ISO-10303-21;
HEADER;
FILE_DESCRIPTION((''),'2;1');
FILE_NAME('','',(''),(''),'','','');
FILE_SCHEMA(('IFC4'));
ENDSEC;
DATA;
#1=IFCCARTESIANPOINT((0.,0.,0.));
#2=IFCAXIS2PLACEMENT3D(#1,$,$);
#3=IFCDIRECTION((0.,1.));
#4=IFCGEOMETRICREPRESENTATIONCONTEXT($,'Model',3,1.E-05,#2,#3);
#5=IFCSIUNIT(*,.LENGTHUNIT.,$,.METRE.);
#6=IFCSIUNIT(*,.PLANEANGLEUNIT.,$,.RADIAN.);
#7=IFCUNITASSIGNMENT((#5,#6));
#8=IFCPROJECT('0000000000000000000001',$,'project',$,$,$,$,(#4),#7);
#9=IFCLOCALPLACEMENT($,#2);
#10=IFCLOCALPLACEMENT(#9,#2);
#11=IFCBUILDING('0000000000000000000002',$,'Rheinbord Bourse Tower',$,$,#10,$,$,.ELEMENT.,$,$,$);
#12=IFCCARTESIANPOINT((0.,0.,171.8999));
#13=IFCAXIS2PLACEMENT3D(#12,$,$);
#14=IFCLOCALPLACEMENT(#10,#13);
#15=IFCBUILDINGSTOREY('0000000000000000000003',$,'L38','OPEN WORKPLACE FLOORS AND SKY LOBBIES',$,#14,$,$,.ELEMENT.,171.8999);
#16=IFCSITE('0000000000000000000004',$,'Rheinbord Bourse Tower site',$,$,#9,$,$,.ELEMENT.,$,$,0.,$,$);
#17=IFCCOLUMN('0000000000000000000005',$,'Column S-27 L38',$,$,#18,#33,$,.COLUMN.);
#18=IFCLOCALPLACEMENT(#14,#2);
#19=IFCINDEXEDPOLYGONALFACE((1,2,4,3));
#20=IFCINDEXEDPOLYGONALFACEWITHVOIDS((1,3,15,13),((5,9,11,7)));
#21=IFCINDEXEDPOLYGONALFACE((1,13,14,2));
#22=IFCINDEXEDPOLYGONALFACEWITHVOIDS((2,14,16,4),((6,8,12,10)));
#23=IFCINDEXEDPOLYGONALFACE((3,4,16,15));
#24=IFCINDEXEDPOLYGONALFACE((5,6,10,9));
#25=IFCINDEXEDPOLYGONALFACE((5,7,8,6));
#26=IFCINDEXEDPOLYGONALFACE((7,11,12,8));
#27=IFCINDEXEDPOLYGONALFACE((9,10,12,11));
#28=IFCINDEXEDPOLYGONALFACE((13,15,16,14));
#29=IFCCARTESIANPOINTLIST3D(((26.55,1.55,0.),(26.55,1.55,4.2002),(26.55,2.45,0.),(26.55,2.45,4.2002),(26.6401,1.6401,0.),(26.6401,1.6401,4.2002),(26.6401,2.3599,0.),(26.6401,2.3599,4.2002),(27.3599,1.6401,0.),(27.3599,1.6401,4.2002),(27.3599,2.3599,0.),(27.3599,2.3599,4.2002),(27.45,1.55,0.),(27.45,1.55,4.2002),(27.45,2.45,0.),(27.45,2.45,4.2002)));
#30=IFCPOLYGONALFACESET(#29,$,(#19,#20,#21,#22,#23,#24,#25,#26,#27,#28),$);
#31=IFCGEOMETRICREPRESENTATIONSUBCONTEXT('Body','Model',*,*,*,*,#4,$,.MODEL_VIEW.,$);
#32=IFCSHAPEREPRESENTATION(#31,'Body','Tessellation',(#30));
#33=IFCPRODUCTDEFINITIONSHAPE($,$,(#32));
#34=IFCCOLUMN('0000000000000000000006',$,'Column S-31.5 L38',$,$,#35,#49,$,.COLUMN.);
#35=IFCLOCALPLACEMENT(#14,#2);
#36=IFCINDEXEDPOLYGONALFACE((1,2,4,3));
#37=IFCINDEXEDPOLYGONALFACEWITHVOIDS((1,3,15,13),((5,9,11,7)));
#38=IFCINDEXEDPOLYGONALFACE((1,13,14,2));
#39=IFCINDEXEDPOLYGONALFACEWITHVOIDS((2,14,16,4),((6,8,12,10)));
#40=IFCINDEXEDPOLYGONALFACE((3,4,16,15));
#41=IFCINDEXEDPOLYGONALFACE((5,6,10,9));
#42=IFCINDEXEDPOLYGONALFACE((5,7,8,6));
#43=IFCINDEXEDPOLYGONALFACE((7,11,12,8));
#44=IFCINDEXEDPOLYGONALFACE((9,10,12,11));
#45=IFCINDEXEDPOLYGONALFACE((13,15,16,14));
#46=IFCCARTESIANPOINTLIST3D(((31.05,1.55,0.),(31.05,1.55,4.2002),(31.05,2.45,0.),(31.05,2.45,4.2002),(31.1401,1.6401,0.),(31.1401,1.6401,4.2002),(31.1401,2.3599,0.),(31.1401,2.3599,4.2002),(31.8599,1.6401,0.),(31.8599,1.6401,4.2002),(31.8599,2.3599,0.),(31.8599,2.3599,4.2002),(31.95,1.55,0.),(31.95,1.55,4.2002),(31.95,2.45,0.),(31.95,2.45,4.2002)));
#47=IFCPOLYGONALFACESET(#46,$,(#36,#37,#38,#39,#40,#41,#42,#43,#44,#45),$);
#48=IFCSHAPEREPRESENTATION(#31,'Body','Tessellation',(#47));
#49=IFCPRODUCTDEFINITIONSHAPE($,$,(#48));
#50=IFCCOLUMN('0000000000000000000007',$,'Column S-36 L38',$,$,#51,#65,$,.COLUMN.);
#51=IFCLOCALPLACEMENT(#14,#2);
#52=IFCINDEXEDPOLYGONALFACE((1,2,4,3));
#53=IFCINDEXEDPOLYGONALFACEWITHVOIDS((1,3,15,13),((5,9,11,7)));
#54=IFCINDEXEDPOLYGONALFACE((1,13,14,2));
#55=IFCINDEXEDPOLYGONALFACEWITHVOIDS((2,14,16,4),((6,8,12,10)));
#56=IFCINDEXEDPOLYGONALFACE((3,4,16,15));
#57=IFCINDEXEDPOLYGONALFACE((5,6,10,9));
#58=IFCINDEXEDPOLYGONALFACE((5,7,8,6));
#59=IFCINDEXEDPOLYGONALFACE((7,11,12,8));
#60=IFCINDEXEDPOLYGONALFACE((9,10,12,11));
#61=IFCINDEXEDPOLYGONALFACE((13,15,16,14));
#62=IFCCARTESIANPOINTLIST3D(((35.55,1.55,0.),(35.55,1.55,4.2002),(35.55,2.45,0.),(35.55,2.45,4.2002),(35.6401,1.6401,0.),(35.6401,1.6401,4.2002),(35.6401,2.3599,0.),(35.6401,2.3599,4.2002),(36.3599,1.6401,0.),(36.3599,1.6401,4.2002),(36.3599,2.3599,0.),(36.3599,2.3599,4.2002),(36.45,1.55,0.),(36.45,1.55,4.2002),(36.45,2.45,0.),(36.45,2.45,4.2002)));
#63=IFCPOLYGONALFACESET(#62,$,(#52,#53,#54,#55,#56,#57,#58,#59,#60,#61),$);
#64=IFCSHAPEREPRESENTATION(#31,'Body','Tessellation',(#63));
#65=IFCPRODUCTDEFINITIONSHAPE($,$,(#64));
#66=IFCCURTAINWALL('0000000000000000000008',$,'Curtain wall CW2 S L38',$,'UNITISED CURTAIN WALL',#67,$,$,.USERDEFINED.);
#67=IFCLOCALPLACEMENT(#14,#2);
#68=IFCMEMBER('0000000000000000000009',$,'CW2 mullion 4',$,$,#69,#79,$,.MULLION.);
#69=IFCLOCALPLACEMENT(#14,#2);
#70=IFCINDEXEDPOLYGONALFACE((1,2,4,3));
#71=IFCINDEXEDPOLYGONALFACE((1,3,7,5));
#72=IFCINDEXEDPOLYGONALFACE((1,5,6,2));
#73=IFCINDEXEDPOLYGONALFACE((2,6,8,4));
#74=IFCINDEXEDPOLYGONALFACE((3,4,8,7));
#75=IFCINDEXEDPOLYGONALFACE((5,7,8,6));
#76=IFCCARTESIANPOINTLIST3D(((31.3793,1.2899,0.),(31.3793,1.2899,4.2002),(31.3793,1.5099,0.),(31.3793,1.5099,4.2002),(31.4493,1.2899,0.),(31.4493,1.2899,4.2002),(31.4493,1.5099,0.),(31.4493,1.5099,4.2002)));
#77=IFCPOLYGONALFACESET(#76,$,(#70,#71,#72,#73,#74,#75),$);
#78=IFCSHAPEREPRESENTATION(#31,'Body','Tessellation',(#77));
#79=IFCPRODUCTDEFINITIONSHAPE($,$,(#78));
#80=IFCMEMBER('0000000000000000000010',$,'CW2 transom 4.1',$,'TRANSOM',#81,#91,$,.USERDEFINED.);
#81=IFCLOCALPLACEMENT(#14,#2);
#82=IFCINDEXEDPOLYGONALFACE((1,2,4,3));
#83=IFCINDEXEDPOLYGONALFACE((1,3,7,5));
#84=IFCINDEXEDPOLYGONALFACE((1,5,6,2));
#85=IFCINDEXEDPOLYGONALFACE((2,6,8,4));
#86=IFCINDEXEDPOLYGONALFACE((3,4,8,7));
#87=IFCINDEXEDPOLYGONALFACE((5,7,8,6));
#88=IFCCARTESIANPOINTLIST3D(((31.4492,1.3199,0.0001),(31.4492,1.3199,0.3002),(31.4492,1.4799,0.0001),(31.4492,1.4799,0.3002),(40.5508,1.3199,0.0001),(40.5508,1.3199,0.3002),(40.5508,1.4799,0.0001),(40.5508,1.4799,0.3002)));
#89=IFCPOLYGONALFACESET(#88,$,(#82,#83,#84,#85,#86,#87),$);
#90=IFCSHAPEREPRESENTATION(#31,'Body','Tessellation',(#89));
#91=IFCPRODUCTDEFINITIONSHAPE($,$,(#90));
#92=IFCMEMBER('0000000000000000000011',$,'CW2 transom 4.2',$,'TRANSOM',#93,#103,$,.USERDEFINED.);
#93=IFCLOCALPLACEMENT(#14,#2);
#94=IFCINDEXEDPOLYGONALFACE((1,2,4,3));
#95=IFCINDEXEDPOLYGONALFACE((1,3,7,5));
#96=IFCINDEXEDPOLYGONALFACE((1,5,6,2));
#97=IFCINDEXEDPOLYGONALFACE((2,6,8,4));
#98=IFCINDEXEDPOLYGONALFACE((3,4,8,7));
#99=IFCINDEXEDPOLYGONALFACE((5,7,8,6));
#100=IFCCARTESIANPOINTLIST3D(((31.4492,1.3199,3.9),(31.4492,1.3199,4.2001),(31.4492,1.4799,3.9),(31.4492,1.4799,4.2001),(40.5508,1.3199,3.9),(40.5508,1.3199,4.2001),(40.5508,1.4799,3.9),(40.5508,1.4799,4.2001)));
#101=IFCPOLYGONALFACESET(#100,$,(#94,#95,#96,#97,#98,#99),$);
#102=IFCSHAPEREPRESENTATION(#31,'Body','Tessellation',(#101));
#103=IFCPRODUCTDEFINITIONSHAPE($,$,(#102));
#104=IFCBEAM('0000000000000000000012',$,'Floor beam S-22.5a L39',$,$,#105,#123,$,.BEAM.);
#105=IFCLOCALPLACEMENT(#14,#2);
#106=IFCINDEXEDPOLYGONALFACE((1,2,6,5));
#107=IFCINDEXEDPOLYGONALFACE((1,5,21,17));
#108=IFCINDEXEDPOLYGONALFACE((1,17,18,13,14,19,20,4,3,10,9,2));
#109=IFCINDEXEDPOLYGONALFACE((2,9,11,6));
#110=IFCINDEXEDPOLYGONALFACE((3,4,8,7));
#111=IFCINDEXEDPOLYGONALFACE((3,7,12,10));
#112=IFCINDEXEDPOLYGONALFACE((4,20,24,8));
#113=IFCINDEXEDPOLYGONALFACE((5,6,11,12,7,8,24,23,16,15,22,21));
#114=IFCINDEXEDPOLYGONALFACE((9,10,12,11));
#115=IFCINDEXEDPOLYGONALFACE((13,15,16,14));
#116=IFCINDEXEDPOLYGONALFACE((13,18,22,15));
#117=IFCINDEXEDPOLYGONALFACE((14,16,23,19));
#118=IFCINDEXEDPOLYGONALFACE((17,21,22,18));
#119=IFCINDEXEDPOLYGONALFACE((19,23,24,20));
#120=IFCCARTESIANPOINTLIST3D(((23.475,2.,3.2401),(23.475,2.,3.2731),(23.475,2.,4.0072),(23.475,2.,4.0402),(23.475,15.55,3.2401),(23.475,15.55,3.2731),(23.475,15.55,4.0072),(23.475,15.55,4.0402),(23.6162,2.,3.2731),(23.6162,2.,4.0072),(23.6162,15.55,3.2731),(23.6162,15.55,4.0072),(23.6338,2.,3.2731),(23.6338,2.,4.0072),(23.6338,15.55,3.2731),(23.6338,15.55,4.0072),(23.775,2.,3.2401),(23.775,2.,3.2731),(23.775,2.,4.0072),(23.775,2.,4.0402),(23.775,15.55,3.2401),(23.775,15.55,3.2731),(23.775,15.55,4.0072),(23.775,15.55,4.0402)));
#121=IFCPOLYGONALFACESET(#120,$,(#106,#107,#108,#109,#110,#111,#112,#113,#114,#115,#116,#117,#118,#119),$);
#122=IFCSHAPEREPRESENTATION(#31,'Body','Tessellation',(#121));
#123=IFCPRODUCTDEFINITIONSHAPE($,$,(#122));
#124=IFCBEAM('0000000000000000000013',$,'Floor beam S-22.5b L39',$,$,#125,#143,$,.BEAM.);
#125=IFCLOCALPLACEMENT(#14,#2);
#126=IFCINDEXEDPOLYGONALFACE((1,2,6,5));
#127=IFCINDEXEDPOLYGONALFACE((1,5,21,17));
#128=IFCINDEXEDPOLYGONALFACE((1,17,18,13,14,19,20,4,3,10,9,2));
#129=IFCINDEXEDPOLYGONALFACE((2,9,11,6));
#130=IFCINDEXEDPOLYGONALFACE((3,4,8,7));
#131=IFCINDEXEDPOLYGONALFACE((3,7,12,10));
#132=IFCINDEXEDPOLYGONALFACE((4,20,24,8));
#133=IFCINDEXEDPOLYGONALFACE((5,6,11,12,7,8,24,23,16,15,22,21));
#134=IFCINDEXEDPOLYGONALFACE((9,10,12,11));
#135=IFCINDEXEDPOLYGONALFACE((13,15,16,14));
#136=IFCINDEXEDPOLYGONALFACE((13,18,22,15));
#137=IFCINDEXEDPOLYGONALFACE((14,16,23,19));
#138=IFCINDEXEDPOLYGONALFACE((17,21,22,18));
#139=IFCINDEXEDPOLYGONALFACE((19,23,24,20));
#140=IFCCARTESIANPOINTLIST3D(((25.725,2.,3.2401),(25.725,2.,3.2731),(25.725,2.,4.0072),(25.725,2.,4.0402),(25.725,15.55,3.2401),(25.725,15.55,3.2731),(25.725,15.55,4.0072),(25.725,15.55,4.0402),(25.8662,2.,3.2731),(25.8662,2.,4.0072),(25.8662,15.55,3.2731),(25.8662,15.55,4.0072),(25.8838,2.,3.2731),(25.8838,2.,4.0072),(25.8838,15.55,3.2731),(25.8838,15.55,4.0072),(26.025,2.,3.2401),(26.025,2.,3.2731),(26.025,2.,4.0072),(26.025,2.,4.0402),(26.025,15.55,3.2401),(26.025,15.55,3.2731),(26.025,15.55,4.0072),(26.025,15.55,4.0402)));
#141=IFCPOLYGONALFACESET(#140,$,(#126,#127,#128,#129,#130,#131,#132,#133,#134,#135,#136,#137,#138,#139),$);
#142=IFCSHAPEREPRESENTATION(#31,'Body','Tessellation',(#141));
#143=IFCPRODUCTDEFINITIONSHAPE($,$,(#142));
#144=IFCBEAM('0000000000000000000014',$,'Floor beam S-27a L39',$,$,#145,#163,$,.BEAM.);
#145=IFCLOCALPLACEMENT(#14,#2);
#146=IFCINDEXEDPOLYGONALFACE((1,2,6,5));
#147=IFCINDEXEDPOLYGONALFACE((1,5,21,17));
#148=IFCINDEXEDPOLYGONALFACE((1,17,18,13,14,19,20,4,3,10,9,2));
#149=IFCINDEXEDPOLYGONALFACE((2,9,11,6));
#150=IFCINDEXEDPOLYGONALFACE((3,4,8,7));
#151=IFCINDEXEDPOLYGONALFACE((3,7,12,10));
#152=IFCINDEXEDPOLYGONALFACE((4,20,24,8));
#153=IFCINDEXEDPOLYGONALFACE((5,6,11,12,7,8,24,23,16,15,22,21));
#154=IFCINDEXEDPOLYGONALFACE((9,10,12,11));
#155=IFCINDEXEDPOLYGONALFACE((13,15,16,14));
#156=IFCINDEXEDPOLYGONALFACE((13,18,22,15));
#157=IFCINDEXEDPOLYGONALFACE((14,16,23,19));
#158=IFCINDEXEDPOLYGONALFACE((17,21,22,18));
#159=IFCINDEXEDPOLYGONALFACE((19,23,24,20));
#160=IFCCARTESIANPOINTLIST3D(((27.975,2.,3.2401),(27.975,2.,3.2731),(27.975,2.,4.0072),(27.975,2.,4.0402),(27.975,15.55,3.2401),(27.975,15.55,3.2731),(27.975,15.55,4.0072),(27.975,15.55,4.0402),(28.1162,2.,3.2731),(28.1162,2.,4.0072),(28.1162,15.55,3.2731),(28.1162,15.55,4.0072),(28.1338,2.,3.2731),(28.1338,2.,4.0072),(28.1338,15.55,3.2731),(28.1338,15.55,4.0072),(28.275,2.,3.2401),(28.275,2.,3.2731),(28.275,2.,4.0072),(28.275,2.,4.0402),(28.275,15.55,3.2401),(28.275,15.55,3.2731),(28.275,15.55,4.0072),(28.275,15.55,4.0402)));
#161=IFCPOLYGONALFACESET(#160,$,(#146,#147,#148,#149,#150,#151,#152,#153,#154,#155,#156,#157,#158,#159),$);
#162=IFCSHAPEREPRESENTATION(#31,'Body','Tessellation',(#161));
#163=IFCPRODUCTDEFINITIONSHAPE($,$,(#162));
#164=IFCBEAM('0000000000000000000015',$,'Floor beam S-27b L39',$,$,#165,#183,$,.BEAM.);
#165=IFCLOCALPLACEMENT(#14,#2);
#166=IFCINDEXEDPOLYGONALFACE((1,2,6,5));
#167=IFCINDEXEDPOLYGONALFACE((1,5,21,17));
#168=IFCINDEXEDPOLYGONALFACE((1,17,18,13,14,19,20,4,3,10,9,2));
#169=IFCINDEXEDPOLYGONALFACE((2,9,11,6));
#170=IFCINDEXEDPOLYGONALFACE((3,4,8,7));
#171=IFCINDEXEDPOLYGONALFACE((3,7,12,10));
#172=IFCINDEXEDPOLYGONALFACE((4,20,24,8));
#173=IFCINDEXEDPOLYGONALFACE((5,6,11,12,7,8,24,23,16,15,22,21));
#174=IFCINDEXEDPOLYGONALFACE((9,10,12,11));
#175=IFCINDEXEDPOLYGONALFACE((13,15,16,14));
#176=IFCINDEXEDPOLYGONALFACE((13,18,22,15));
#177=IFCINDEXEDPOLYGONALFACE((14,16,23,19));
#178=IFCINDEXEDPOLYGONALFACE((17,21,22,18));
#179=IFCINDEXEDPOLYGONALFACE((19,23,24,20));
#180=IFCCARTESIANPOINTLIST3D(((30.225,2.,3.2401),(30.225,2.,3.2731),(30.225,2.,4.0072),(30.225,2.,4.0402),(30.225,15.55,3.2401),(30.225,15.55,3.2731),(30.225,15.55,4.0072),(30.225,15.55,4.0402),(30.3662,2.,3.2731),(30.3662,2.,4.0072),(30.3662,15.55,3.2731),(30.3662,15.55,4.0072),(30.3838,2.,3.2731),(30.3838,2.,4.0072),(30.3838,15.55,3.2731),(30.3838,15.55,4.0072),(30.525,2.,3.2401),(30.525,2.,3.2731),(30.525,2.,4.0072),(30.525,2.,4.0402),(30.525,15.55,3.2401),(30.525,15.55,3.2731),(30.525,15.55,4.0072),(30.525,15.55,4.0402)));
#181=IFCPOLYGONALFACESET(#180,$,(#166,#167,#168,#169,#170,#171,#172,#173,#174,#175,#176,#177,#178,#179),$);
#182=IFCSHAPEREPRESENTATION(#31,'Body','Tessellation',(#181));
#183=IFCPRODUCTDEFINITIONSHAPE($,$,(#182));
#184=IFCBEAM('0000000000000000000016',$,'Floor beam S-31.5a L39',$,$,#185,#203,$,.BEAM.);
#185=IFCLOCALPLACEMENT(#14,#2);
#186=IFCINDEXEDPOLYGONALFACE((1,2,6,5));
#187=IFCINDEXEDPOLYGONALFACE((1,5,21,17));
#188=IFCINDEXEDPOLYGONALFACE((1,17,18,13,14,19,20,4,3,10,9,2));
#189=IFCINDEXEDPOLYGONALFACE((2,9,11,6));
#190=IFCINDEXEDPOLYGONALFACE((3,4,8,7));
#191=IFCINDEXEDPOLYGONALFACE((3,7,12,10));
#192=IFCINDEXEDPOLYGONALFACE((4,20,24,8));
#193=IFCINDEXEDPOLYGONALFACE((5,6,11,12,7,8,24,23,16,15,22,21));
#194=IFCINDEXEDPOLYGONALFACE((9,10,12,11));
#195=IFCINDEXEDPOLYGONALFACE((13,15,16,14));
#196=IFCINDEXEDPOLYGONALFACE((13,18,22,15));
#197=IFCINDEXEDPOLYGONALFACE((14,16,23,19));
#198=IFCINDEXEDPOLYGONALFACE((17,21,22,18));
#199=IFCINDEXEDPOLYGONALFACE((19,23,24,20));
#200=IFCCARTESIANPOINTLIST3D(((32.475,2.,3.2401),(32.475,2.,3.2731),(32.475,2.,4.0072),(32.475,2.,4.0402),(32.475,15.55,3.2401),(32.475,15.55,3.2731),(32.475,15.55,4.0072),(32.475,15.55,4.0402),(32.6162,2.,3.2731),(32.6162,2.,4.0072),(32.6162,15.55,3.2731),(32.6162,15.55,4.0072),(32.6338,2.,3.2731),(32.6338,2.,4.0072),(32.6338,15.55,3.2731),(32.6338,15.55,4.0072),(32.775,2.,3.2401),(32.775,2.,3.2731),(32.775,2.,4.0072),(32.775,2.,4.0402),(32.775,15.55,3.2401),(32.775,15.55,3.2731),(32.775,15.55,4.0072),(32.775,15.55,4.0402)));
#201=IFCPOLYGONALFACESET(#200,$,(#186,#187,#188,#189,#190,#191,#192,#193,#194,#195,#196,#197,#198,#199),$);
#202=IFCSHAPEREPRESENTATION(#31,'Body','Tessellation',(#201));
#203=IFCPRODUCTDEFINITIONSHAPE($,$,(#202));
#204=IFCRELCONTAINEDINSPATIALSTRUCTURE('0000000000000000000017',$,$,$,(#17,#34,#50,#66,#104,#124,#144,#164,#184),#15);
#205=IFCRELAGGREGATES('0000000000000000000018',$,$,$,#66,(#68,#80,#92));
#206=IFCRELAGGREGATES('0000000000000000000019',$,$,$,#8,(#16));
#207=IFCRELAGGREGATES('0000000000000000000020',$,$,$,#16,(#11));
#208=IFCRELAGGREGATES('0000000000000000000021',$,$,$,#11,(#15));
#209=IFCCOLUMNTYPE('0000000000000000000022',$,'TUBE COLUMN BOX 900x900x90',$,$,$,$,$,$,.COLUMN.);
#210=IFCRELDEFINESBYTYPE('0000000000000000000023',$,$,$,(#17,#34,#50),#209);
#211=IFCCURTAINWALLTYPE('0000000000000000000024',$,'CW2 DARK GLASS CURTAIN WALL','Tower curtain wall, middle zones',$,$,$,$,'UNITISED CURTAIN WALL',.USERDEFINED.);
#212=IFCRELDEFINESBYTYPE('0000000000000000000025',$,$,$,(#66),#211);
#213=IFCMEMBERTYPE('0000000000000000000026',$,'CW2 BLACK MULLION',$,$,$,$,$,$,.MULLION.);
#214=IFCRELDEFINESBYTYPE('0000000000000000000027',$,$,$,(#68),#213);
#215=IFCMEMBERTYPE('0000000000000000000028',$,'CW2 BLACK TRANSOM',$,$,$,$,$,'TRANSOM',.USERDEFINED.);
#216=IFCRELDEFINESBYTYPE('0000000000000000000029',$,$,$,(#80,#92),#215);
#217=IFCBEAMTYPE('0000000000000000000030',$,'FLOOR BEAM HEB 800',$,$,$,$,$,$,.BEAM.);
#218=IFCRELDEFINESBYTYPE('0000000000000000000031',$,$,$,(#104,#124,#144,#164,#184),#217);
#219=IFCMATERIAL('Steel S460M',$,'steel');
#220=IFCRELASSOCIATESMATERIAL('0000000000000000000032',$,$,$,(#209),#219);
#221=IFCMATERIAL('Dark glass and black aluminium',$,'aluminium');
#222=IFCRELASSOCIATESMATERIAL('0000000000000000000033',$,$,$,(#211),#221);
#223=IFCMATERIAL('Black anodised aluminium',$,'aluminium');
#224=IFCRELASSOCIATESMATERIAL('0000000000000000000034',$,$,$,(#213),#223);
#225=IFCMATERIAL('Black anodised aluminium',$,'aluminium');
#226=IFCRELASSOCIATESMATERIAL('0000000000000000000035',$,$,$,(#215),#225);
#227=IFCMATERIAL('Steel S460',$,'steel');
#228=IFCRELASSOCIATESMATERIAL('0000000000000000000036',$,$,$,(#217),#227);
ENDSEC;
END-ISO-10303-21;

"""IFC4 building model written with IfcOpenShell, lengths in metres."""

from ifc_helpers import new_model, si_unit, direction, frame, origin, origin_2d, place, context, subcontext, project, spatial, rectangle, hollow_rectangle, i_section, extrude, material, material_profile, profile_set, type_object, element, aggregate, save


model = new_model("IFC4")

# Units and contexts
model_context = context("Model", 3, precision=1e-05, world=origin(), true_north=direction((0.0, 1.0)))
body_context = subcontext(model_context, "Body", "Model", "MODEL_VIEW")
ifc_project = project(units=[si_unit("LENGTHUNIT", "METRE"), si_unit("PLANEANGLEUNIT", "RADIAN")], contexts=[model_context])

# Site, building, storey
site_placement = place(None, origin())
site = spatial("IfcSite", under=ifc_project, at=site_placement, Name="Rheinbord Bourse Tower site", CompositionType="ELEMENT", RefElevation=0.0)
building_placement = place(site_placement, origin())
building = spatial("IfcBuilding", under=site, at=building_placement, Name="Rheinbord Bourse Tower", CompositionType="ELEMENT")
storey_placement = place(building_placement, frame((0.0, 0.0, 171.8999)))
storey = spatial("IfcBuildingStorey", under=building, at=storey_placement, Name="L38", Description="OPEN WORKPLACE FLOORS AND SKY LOBBIES", CompositionType="ELEMENT", Elevation=171.8999)

# Columns
ifc_material_1 = material(Name="Steel S460M", Category="steel")
ifc_material_profile_1 = material_profile(ifc_material_1, hollow_rectangle(XDim=0.8999, YDim=0.8999, WallThickness=0.0901, at=origin_2d()), Name="BOX 900x900x90")
ifc_profile_set_1 = profile_set([ifc_material_profile_1], Name="Steel S460M")
column_type = type_object("IfcColumnType", Name="TUBE COLUMN BOX 900x900x90", PredefinedType="COLUMN", material=ifc_profile_set_1)
for number, where, z_axis, x_axis, name in (
    (1, (27.0, 2.0, 0.0), (0.0, 0.0, 1.0), (0.0, 1.0, 0.0), "Column S-27 L38"),
    (2, (31.5, 2.0, 0.0), (0.0, 0.0, 1.0), (0.0, 1.0, 0.0), "Column S-31.5 L38"),
    (3, (36.0, 2.0, 0.0), (0.0, 0.0, 1.0), (0.0, 1.0, 0.0), "Column S-36 L38"),
):
    element("IfcColumn", number, at=place(storey_placement, frame(where, z_axis=z_axis, x_axis=x_axis)), inside=storey, type_object=column_type, Name=name, PredefinedType="COLUMN", context=body_context, shape_type="SweptSolid", body=[
        extrude(hollow_rectangle(XDim=0.8999, YDim=0.8999, WallThickness=0.0901, at=origin_2d()), origin(), (0.0, 0.0, 1.0), 4.2002),
    ])

# Curtain wall, members
ifc_material_2 = material(Name="Dark glass and black aluminium", Category="aluminium")
curtain_wall_type = type_object("IfcCurtainWallType", Name="CW2 DARK GLASS CURTAIN WALL", Description="Tower curtain wall, middle zones", ElementType="UNITISED CURTAIN WALL", PredefinedType="USERDEFINED", material=ifc_material_2)
curtain_wall_placement = place(storey_placement, origin())
curtain_wall = element("IfcCurtainWall", 4, at=curtain_wall_placement, inside=storey, type_object=curtain_wall_type, Name="Curtain wall CW2 S L38", ObjectType="UNITISED CURTAIN WALL", PredefinedType="USERDEFINED")
ifc_material_3 = material(Name="Black anodised aluminium", Category="aluminium")
ifc_material_profile_2 = material_profile(ifc_material_3, rectangle(XDim=0.22, YDim=0.0701, at=origin_2d()), Name="CW2 MULLION 70x220")
ifc_profile_set_2 = profile_set([ifc_material_profile_2], Name="Black anodised aluminium")
member_type_1 = type_object("IfcMemberType", Name="CW2 BLACK MULLION", PredefinedType="MULLION", material=ifc_profile_set_2)
member_1_placement = place(storey_placement, frame((31.4143, 1.3999, 0.0), z_axis=(0.0, 0.0, 1.0), x_axis=(0.0, 1.0, 0.0)))
member_1 = element("IfcMember", 5, at=member_1_placement, type_object=member_type_1, Name="CW2 mullion 4", PredefinedType="MULLION", context=body_context, shape_type="SweptSolid", body=[
    extrude(rectangle(XDim=0.22, YDim=0.0701, at=origin_2d()), origin(), (0.0, 0.0, 1.0), 4.2002),
])
ifc_material_4 = material(Name="Black anodised aluminium", Category="aluminium")
ifc_material_profile_3 = material_profile(ifc_material_4, rectangle(XDim=0.1599, YDim=0.3, at=origin_2d()), Name="CW2 TRANSOM 300x160")
ifc_profile_set_3 = profile_set([ifc_material_profile_3], Name="Black anodised aluminium")
member_type_2 = type_object("IfcMemberType", Name="CW2 BLACK TRANSOM", ElementType="TRANSOM", PredefinedType="USERDEFINED", material=ifc_profile_set_3)
member_2_placement = place(storey_placement, frame((31.4492, 1.3999, 0.1501), z_axis=(1.0, 0.0, 0.0), x_axis=(0.0, 1.0, 0.0)))
member_2 = element("IfcMember", 6, at=member_2_placement, type_object=member_type_2, Name="CW2 transom 4.1", ObjectType="TRANSOM", PredefinedType="USERDEFINED", context=body_context, shape_type="SweptSolid", body=[
    extrude(rectangle(XDim=0.1599, YDim=0.3, at=origin_2d()), origin(), (0.0, 0.0, 1.0), 9.1016),
])
member_3_placement = place(storey_placement, frame((31.4492, 1.3999, 4.05), z_axis=(1.0, 0.0, 0.0), x_axis=(0.0, 1.0, 0.0)))
member_3 = element("IfcMember", 7, at=member_3_placement, type_object=member_type_2, Name="CW2 transom 4.2", ObjectType="TRANSOM", PredefinedType="USERDEFINED", context=body_context, shape_type="SweptSolid", body=[
    extrude(rectangle(XDim=0.1599, YDim=0.3, at=origin_2d()), origin(), (0.0, 0.0, 1.0), 9.1016),
])

# Beams
ifc_material_5 = material(Name="Steel S460", Category="steel")
ifc_material_profile_4 = material_profile(ifc_material_5, i_section(OverallWidth=0.3, OverallDepth=0.8, WebThickness=0.0176, FlangeThickness=0.033, at=origin_2d()), Name="HEB 800")
ifc_profile_set_4 = profile_set([ifc_material_profile_4], Name="Steel S460")
beam_type_1 = type_object("IfcBeamType", Name="FLOOR BEAM HEB 800", PredefinedType="BEAM", material=ifc_profile_set_4)
for number, where, z_axis, x_axis, name in (
    (8, (23.625, 2.0, 3.6401), (0.0, 1.0, 0.0), (-1.0, 0.0, 0.0), "Floor beam S-22.5a L39"),
    (9, (25.875, 2.0, 3.6401), (0.0, 1.0, 0.0), (-1.0, 0.0, 0.0), "Floor beam S-22.5b L39"),
    (10, (28.125, 2.0, 3.6401), (0.0, 1.0, 0.0), (-1.0, 0.0, 0.0), "Floor beam S-27a L39"),
    (11, (30.375, 2.0, 3.6401), (0.0, 1.0, 0.0), (-1.0, 0.0, 0.0), "Floor beam S-27b L39"),
    (12, (32.625, 2.0, 3.6401), (0.0, 1.0, 0.0), (-1.0, 0.0, 0.0), "Floor beam S-31.5a L39"),
):
    element("IfcBeam", number, at=place(storey_placement, frame(where, z_axis=z_axis, x_axis=x_axis)), inside=storey, type_object=beam_type_1, Name=name, PredefinedType="BEAM", context=body_context, shape_type="SweptSolid", body=[
        extrude(i_section(OverallWidth=0.3, OverallDepth=0.8, WebThickness=0.0176, FlangeThickness=0.033, at=origin_2d()), origin(), (0.0, 0.0, 1.0), 13.55),
    ])

aggregate(curtain_wall, [member_1, member_2, member_3])

save(model, "model.ifc")
